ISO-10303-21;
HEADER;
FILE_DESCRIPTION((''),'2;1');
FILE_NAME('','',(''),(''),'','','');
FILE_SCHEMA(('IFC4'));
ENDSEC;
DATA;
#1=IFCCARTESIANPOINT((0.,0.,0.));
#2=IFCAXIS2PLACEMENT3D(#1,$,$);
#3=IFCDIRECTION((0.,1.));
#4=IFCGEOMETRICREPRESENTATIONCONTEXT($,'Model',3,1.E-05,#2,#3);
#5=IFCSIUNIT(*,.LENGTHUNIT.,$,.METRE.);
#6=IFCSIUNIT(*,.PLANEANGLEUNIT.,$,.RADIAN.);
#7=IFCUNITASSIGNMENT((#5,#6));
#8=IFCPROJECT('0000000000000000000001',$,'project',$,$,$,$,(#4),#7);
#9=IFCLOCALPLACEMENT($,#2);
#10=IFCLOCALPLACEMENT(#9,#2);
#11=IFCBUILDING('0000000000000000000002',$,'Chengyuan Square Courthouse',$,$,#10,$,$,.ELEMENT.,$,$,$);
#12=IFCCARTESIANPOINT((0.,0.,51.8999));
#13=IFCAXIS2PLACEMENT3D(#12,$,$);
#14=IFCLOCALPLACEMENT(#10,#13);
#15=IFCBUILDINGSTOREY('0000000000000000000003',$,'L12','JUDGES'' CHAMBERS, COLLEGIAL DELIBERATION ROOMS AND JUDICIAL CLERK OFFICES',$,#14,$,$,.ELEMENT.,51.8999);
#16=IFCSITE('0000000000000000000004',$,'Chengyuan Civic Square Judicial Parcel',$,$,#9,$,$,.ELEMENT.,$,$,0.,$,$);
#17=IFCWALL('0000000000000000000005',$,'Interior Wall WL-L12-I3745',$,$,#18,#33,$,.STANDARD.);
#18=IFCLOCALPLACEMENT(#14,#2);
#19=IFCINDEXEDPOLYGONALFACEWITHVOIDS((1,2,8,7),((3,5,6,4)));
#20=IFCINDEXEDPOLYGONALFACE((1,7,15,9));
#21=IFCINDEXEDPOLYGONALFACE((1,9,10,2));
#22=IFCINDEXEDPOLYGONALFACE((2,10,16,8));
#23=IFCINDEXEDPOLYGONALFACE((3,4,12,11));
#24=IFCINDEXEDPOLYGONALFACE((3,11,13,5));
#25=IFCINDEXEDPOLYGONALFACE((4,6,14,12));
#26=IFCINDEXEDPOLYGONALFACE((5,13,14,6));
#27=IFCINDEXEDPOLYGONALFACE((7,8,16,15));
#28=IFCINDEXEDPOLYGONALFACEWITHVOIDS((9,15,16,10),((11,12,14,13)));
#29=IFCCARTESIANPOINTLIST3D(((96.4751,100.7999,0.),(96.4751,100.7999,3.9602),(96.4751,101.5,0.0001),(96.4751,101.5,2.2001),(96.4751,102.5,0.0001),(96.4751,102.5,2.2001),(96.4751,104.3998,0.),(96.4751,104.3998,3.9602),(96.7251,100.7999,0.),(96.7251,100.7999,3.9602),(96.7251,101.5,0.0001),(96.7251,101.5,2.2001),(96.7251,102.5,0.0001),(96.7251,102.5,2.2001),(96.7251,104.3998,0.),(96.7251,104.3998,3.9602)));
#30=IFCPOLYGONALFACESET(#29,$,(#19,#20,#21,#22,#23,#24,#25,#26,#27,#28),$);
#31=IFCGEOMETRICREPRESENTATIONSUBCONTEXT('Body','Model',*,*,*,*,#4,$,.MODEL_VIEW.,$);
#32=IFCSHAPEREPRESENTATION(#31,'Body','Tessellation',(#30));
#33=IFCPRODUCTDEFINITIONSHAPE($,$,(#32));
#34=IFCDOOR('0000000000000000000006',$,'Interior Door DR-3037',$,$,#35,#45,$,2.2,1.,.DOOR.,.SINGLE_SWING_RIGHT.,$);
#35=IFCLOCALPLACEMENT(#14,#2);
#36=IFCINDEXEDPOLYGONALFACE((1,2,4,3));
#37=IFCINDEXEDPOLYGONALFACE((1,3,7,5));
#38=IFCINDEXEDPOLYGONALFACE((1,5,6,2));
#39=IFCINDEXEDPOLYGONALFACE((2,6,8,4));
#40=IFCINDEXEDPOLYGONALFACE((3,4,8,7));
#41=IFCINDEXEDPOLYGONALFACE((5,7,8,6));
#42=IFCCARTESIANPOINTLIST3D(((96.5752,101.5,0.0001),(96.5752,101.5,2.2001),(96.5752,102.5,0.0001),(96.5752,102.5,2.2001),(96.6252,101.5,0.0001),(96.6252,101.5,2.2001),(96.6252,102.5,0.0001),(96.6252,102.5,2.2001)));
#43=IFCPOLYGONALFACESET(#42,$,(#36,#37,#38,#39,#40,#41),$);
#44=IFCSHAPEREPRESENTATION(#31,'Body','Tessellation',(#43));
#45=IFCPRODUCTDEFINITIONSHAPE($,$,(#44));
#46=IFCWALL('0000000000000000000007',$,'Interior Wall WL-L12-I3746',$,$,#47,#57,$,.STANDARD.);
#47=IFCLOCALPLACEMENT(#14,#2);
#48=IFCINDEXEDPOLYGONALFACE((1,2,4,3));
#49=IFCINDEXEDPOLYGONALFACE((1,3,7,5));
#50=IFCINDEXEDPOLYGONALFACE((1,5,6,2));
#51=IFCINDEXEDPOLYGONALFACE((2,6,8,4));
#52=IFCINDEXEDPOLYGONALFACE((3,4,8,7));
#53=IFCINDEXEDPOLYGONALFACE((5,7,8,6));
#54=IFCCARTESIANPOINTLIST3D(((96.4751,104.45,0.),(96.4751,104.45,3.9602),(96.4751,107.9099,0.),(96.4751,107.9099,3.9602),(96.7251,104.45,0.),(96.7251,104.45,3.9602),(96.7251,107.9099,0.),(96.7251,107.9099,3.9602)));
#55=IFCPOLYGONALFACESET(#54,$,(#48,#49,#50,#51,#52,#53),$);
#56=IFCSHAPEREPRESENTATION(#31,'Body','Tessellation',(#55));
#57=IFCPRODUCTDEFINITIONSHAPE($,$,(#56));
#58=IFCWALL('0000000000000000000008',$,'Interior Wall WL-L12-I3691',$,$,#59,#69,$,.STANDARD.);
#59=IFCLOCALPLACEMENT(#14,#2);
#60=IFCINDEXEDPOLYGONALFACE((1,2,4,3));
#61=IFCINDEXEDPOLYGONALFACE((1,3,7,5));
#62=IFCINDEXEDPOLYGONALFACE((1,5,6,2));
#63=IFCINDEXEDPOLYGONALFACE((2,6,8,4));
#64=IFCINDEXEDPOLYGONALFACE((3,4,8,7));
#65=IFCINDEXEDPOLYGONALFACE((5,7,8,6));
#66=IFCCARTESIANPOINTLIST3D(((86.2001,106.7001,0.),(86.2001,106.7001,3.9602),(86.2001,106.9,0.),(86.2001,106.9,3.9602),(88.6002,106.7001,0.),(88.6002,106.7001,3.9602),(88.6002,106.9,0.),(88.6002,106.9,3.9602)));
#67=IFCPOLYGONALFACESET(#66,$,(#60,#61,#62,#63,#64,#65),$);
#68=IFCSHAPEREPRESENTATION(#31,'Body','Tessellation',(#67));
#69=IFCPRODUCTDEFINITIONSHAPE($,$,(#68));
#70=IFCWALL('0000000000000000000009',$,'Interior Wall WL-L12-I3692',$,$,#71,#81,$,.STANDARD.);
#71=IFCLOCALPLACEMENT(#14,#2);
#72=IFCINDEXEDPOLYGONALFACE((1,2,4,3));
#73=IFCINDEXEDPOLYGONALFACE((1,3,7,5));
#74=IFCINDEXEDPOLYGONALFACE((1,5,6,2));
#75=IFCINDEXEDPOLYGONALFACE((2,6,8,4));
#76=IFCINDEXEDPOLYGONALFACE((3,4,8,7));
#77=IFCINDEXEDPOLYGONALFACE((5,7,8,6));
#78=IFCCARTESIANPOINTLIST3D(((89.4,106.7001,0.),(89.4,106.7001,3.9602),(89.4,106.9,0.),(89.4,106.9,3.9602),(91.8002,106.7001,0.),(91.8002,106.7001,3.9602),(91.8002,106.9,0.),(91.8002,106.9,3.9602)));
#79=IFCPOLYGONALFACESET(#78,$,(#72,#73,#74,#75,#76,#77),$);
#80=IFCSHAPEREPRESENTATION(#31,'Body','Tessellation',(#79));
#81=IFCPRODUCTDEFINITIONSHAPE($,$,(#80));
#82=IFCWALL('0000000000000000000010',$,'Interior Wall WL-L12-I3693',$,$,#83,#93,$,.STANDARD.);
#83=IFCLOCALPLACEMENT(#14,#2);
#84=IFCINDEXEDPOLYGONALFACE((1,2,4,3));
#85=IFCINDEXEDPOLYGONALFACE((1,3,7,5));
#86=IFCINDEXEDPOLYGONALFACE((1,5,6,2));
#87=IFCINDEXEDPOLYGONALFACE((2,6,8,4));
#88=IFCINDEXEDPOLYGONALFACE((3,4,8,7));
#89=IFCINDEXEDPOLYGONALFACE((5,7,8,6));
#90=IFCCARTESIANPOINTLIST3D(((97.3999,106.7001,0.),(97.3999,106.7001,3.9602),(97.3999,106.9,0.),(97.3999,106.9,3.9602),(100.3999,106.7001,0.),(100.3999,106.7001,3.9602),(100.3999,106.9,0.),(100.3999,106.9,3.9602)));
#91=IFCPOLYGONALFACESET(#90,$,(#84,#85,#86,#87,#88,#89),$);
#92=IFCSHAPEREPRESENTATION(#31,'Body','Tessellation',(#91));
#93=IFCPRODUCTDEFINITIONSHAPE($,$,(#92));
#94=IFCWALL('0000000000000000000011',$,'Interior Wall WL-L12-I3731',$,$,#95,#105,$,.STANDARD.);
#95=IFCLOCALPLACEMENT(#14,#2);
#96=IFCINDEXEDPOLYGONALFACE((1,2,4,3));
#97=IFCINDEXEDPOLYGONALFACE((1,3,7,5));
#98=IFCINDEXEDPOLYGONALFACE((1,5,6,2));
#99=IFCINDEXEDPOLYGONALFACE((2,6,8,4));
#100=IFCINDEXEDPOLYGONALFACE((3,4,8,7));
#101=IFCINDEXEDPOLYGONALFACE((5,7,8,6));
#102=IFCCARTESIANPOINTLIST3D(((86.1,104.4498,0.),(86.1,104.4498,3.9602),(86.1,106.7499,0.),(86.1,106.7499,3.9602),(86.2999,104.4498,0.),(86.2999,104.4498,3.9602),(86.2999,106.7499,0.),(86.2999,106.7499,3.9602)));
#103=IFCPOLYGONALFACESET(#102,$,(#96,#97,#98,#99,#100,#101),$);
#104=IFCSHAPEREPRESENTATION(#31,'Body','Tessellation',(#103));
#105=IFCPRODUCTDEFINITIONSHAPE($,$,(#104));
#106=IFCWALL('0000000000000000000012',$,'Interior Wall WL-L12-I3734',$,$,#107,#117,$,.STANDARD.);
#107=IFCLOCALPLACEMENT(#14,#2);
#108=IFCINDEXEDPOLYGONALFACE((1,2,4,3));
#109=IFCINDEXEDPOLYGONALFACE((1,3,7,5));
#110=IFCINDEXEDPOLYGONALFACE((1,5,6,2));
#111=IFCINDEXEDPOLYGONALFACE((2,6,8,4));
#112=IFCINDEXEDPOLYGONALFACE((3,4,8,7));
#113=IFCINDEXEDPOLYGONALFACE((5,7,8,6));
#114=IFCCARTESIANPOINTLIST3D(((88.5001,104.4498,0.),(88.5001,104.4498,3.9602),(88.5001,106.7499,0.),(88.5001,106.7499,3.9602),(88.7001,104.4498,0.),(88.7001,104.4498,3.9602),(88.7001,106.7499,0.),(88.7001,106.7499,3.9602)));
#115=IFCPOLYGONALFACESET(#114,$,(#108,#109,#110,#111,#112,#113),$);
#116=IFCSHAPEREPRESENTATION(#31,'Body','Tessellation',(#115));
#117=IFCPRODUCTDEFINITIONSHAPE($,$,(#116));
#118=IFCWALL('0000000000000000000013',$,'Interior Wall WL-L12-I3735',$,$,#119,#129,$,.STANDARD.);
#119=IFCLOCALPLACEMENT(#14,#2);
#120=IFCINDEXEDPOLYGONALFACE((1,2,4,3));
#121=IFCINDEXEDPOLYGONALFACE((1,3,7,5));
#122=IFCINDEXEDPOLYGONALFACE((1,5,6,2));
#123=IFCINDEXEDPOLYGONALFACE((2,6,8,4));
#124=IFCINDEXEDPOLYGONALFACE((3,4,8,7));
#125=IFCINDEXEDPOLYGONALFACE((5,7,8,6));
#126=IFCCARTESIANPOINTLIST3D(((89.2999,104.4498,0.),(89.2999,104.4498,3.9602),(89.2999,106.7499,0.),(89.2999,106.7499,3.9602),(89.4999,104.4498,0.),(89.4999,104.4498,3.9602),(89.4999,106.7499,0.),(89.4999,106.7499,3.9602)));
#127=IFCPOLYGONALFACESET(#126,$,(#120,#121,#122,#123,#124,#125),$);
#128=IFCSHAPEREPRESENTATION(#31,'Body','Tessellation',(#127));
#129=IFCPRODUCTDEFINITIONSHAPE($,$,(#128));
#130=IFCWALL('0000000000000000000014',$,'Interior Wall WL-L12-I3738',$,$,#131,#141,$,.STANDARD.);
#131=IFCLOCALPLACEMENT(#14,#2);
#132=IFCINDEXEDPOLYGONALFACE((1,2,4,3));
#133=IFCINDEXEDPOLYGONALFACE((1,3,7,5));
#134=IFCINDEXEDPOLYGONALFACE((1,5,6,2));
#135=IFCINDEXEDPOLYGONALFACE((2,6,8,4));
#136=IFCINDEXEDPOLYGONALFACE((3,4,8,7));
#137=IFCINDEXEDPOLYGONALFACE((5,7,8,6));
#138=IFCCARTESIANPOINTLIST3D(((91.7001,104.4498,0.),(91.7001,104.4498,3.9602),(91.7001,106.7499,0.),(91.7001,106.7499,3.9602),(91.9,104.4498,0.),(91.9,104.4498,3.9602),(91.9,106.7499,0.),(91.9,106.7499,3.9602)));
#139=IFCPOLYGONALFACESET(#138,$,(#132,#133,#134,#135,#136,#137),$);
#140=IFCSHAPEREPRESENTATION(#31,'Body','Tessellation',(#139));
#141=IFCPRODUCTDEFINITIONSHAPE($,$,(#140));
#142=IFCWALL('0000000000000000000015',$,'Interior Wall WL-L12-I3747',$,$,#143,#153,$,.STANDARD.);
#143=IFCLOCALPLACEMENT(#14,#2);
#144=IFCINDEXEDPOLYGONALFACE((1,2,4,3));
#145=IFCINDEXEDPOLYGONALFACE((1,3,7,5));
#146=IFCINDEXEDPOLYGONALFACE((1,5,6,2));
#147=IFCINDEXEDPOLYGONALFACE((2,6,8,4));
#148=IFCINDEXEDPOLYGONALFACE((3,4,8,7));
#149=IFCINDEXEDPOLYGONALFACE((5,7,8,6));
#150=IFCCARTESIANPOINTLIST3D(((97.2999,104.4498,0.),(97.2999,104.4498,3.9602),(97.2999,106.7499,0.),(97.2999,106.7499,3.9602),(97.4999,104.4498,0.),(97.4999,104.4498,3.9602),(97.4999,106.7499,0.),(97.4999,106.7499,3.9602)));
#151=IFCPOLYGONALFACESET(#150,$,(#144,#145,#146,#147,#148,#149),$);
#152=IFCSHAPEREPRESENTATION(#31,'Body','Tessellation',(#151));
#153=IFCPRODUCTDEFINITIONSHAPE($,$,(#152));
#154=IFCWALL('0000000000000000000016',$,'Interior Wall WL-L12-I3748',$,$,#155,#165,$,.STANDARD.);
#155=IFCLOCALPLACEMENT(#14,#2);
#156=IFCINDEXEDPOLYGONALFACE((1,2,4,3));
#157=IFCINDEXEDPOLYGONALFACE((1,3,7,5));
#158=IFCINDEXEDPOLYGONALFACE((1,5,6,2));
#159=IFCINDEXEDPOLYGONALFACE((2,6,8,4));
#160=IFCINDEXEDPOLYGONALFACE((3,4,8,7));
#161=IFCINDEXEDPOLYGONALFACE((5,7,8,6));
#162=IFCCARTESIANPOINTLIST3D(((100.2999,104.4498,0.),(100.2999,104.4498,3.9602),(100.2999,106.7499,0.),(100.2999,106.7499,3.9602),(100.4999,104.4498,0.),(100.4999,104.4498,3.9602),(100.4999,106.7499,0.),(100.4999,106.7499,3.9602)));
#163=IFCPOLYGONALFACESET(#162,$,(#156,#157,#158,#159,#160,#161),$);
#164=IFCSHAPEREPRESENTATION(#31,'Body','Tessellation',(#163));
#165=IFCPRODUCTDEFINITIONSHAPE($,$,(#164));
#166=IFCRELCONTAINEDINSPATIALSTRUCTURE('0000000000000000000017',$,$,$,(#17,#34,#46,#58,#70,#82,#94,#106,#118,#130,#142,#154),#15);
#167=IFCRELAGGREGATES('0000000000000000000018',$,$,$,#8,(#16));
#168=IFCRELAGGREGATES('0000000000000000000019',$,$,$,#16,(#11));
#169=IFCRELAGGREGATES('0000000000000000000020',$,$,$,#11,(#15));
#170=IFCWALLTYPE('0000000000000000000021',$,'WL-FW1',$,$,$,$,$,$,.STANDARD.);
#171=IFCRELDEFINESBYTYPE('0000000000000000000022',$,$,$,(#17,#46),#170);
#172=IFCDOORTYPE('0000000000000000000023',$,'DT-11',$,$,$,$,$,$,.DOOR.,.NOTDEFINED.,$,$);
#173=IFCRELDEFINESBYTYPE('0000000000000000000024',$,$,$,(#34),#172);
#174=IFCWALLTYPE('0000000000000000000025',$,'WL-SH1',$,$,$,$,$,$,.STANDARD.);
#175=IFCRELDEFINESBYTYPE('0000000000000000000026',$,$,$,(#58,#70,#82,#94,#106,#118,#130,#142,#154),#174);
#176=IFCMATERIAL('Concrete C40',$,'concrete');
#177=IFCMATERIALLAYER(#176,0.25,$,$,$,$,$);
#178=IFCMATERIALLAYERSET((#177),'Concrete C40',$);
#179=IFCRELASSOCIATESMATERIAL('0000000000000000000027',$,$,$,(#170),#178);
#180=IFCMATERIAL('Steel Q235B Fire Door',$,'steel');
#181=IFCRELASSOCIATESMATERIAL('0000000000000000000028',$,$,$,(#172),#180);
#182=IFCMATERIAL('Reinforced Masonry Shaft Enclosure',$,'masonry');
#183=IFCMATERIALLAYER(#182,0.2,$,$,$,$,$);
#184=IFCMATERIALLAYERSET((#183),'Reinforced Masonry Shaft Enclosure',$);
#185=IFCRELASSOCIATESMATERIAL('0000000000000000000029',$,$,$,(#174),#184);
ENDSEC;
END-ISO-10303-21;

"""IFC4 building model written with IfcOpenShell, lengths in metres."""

from ifc_helpers import new_model, si_unit, direction, frame, frame_2d, origin, place, context, subcontext, project, spatial, rectangle, extrude, material, layer, layer_set, type_object, element, fill, save


model = new_model("IFC4")

# Units and contexts
model_context = context("Model", 3, precision=1e-05, world=origin(), true_north=direction((0.0, 1.0)))
body_context = subcontext(model_context, "Body", "Model", "MODEL_VIEW")
ifc_project = project(units=[si_unit("LENGTHUNIT", "METRE"), si_unit("PLANEANGLEUNIT", "RADIAN")], contexts=[model_context])

# Site, building, storey
site_placement = place(None, origin())
site = spatial("IfcSite", under=ifc_project, at=site_placement, Name="Chengyuan Civic Square Judicial Parcel", CompositionType="ELEMENT", RefElevation=0.0)
building_placement = place(site_placement, origin())
building = spatial("IfcBuilding", under=site, at=building_placement, Name="Chengyuan Square Courthouse", CompositionType="ELEMENT")
storey_placement = place(building_placement, frame((0.0, 0.0, 51.8999)))
storey = spatial("IfcBuildingStorey", under=building, at=storey_placement, Name="L12", Description="JUDGES' CHAMBERS, COLLEGIAL DELIBERATION ROOMS AND JUDICIAL CLERK OFFICES", CompositionType="ELEMENT", Elevation=51.8999)

# Shared definitions
ifc_material_1 = material(Name="Concrete C40", Category="concrete")

# Shared definitions
ifc_layer_1 = layer(ifc_material_1, 0.25)
ifc_layer_set_1 = layer_set([ifc_layer_1], Name="Concrete C40")
wall_type_1 = type_object("IfcWallType", Name="WL-FW1", PredefinedType="STANDARD", material=ifc_layer_set_1)
ifc_material_2 = material(Name="Steel Q235B Fire Door", Category="steel")
door_type_1 = type_object("IfcDoorType", Name="DT-11", OperationType="NOTDEFINED", PredefinedType="DOOR", material=ifc_material_2)

# Wall, opening, door
wall_1_placement = place(storey_placement, frame((96.6001, 100.8, 0.0), z_axis=(0.0, 0.0, 1.0), x_axis=(0.0, 1.0, 0.0)))
wall_1 = element("IfcWall", 1, at=wall_1_placement, inside=storey, type_object=wall_type_1, Name="Interior Wall WL-L12-I3745", PredefinedType="STANDARD", context=body_context, shape_type="SweptSolid", body=[
    extrude(rectangle(XDim=3.5999, YDim=0.25, at=frame_2d((1.7998, 0.0))), origin(), (0.0, 0.0, 1.0), 3.9602),
])
opening_1_placement = place(wall_1_placement, frame((0.7, 0.0, 0.0)))
opening_1 = element("IfcOpeningElement", 2, at=opening_1_placement, cuts=wall_1, PredefinedType="OPENING", context=body_context, shape_type="SweptSolid", body=[
    extrude(rectangle(XDim=1.0, YDim=2.2, at=frame_2d((0.5, 1.1001))), frame((0.0, 0.137, 0.0), z_axis=(0.0, -1.0, 0.0), x_axis=(1.0, 0.0, 0.0)), (0.0, 0.0, 1.0), 0.2739),
])
door_1_placement = place(opening_1_placement, origin())
door_1 = element("IfcDoor", 3, at=door_1_placement, inside=storey, type_object=door_type_1, Name="Interior Door DR-3037", OperationType="SINGLE_SWING_RIGHT", OverallHeight=2.2, OverallWidth=1.0, PredefinedType="DOOR", context=body_context, shape_type="SweptSolid", body=[
    extrude(rectangle(XDim=1.0, YDim=2.2, at=frame_2d((0.5, 1.1001))), frame((0.0, 0.0249, 0.0), z_axis=(0.0, -1.0, 0.0), x_axis=(1.0, 0.0, 0.0)), (0.0, 0.0, 1.0), 0.05),
])
fill(opening_1, door_1)

# Wall
wall_2_placement = place(storey_placement, frame((96.6001, 104.45, 0.0), z_axis=(0.0, 0.0, 1.0), x_axis=(0.0, 1.0, 0.0)))
element("IfcWall", 4, at=wall_2_placement, inside=storey, type_object=wall_type_1, Name="Interior Wall WL-L12-I3746", PredefinedType="STANDARD", context=body_context, shape_type="SweptSolid", body=[
    extrude(rectangle(XDim=3.46, YDim=0.25, at=frame_2d((1.73, 0.0))), origin(), (0.0, 0.0, 1.0), 3.9602),
])

# Shared definitions
ifc_material_3 = material(Name="Reinforced Masonry Shaft Enclosure", Category="masonry")
ifc_layer_2 = layer(ifc_material_3, 0.2)
ifc_layer_set_2 = layer_set([ifc_layer_2], Name="Reinforced Masonry Shaft Enclosure")
wall_type_2 = type_object("IfcWallType", Name="WL-SH1", PredefinedType="STANDARD", material=ifc_layer_set_2)

# Walls
for number, where, z_axis, x_axis, name in (
    (5, (86.2, 106.8, 0.0), (0.0, 0.0, 1.0), (1.0, 0.0, 0.0), "Interior Wall WL-L12-I3691"),
    (6, (89.3999, 106.8, 0.0), (0.0, 0.0, 1.0), (1.0, 0.0, 0.0), "Interior Wall WL-L12-I3692"),
):
    element("IfcWall", number, at=place(storey_placement, frame(where, z_axis=z_axis, x_axis=x_axis)), inside=storey, type_object=wall_type_2, Name=name, PredefinedType="STANDARD", context=body_context, shape_type="SweptSolid", body=[
        extrude(rectangle(XDim=2.4001, YDim=0.2, at=frame_2d((1.2002, 0.0))), origin(), (0.0, 0.0, 1.0), 3.9602),
    ])
wall_3_placement = place(storey_placement, frame((97.3999, 106.8, 0.0), z_axis=(0.0, 0.0, 1.0), x_axis=(1.0, 0.0, 0.0)))
element("IfcWall", 7, at=wall_3_placement, inside=storey, type_object=wall_type_2, Name="Interior Wall WL-L12-I3693", PredefinedType="STANDARD", context=body_context, shape_type="SweptSolid", body=[
    extrude(rectangle(XDim=3.0, YDim=0.2, at=frame_2d((1.5, 0.0))), origin(), (0.0, 0.0, 1.0), 3.9602),
])
for number, where, z_axis, x_axis, name in (
    (8, (86.2, 104.45, 0.0), (0.0, 0.0, 1.0), (0.0, 1.0, 0.0), "Interior Wall WL-L12-I3731"),
    (9, (88.6001, 104.45, 0.0), (0.0, 0.0, 1.0), (0.0, 1.0, 0.0), "Interior Wall WL-L12-I3734"),
    (10, (89.3999, 104.45, 0.0), (0.0, 0.0, 1.0), (0.0, 1.0, 0.0), "Interior Wall WL-L12-I3735"),
    (11, (91.8, 104.45, 0.0), (0.0, 0.0, 1.0), (0.0, 1.0, 0.0), "Interior Wall WL-L12-I3738"),
    (12, (97.3999, 104.45, 0.0), (0.0, 0.0, 1.0), (0.0, 1.0, 0.0), "Interior Wall WL-L12-I3747"),
    (13, (100.3999, 104.45, 0.0), (0.0, 0.0, 1.0), (0.0, 1.0, 0.0), "Interior Wall WL-L12-I3748"),
):
    element("IfcWall", number, at=place(storey_placement, frame(where, z_axis=z_axis, x_axis=x_axis)), inside=storey, type_object=wall_type_2, Name=name, PredefinedType="STANDARD", context=body_context, shape_type="SweptSolid", body=[
        extrude(rectangle(XDim=2.3, YDim=0.2, at=frame_2d((1.1499, 0.0))), origin(), (0.0, 0.0, 1.0), 3.9602),
    ])

save(model, "model.ifc")
